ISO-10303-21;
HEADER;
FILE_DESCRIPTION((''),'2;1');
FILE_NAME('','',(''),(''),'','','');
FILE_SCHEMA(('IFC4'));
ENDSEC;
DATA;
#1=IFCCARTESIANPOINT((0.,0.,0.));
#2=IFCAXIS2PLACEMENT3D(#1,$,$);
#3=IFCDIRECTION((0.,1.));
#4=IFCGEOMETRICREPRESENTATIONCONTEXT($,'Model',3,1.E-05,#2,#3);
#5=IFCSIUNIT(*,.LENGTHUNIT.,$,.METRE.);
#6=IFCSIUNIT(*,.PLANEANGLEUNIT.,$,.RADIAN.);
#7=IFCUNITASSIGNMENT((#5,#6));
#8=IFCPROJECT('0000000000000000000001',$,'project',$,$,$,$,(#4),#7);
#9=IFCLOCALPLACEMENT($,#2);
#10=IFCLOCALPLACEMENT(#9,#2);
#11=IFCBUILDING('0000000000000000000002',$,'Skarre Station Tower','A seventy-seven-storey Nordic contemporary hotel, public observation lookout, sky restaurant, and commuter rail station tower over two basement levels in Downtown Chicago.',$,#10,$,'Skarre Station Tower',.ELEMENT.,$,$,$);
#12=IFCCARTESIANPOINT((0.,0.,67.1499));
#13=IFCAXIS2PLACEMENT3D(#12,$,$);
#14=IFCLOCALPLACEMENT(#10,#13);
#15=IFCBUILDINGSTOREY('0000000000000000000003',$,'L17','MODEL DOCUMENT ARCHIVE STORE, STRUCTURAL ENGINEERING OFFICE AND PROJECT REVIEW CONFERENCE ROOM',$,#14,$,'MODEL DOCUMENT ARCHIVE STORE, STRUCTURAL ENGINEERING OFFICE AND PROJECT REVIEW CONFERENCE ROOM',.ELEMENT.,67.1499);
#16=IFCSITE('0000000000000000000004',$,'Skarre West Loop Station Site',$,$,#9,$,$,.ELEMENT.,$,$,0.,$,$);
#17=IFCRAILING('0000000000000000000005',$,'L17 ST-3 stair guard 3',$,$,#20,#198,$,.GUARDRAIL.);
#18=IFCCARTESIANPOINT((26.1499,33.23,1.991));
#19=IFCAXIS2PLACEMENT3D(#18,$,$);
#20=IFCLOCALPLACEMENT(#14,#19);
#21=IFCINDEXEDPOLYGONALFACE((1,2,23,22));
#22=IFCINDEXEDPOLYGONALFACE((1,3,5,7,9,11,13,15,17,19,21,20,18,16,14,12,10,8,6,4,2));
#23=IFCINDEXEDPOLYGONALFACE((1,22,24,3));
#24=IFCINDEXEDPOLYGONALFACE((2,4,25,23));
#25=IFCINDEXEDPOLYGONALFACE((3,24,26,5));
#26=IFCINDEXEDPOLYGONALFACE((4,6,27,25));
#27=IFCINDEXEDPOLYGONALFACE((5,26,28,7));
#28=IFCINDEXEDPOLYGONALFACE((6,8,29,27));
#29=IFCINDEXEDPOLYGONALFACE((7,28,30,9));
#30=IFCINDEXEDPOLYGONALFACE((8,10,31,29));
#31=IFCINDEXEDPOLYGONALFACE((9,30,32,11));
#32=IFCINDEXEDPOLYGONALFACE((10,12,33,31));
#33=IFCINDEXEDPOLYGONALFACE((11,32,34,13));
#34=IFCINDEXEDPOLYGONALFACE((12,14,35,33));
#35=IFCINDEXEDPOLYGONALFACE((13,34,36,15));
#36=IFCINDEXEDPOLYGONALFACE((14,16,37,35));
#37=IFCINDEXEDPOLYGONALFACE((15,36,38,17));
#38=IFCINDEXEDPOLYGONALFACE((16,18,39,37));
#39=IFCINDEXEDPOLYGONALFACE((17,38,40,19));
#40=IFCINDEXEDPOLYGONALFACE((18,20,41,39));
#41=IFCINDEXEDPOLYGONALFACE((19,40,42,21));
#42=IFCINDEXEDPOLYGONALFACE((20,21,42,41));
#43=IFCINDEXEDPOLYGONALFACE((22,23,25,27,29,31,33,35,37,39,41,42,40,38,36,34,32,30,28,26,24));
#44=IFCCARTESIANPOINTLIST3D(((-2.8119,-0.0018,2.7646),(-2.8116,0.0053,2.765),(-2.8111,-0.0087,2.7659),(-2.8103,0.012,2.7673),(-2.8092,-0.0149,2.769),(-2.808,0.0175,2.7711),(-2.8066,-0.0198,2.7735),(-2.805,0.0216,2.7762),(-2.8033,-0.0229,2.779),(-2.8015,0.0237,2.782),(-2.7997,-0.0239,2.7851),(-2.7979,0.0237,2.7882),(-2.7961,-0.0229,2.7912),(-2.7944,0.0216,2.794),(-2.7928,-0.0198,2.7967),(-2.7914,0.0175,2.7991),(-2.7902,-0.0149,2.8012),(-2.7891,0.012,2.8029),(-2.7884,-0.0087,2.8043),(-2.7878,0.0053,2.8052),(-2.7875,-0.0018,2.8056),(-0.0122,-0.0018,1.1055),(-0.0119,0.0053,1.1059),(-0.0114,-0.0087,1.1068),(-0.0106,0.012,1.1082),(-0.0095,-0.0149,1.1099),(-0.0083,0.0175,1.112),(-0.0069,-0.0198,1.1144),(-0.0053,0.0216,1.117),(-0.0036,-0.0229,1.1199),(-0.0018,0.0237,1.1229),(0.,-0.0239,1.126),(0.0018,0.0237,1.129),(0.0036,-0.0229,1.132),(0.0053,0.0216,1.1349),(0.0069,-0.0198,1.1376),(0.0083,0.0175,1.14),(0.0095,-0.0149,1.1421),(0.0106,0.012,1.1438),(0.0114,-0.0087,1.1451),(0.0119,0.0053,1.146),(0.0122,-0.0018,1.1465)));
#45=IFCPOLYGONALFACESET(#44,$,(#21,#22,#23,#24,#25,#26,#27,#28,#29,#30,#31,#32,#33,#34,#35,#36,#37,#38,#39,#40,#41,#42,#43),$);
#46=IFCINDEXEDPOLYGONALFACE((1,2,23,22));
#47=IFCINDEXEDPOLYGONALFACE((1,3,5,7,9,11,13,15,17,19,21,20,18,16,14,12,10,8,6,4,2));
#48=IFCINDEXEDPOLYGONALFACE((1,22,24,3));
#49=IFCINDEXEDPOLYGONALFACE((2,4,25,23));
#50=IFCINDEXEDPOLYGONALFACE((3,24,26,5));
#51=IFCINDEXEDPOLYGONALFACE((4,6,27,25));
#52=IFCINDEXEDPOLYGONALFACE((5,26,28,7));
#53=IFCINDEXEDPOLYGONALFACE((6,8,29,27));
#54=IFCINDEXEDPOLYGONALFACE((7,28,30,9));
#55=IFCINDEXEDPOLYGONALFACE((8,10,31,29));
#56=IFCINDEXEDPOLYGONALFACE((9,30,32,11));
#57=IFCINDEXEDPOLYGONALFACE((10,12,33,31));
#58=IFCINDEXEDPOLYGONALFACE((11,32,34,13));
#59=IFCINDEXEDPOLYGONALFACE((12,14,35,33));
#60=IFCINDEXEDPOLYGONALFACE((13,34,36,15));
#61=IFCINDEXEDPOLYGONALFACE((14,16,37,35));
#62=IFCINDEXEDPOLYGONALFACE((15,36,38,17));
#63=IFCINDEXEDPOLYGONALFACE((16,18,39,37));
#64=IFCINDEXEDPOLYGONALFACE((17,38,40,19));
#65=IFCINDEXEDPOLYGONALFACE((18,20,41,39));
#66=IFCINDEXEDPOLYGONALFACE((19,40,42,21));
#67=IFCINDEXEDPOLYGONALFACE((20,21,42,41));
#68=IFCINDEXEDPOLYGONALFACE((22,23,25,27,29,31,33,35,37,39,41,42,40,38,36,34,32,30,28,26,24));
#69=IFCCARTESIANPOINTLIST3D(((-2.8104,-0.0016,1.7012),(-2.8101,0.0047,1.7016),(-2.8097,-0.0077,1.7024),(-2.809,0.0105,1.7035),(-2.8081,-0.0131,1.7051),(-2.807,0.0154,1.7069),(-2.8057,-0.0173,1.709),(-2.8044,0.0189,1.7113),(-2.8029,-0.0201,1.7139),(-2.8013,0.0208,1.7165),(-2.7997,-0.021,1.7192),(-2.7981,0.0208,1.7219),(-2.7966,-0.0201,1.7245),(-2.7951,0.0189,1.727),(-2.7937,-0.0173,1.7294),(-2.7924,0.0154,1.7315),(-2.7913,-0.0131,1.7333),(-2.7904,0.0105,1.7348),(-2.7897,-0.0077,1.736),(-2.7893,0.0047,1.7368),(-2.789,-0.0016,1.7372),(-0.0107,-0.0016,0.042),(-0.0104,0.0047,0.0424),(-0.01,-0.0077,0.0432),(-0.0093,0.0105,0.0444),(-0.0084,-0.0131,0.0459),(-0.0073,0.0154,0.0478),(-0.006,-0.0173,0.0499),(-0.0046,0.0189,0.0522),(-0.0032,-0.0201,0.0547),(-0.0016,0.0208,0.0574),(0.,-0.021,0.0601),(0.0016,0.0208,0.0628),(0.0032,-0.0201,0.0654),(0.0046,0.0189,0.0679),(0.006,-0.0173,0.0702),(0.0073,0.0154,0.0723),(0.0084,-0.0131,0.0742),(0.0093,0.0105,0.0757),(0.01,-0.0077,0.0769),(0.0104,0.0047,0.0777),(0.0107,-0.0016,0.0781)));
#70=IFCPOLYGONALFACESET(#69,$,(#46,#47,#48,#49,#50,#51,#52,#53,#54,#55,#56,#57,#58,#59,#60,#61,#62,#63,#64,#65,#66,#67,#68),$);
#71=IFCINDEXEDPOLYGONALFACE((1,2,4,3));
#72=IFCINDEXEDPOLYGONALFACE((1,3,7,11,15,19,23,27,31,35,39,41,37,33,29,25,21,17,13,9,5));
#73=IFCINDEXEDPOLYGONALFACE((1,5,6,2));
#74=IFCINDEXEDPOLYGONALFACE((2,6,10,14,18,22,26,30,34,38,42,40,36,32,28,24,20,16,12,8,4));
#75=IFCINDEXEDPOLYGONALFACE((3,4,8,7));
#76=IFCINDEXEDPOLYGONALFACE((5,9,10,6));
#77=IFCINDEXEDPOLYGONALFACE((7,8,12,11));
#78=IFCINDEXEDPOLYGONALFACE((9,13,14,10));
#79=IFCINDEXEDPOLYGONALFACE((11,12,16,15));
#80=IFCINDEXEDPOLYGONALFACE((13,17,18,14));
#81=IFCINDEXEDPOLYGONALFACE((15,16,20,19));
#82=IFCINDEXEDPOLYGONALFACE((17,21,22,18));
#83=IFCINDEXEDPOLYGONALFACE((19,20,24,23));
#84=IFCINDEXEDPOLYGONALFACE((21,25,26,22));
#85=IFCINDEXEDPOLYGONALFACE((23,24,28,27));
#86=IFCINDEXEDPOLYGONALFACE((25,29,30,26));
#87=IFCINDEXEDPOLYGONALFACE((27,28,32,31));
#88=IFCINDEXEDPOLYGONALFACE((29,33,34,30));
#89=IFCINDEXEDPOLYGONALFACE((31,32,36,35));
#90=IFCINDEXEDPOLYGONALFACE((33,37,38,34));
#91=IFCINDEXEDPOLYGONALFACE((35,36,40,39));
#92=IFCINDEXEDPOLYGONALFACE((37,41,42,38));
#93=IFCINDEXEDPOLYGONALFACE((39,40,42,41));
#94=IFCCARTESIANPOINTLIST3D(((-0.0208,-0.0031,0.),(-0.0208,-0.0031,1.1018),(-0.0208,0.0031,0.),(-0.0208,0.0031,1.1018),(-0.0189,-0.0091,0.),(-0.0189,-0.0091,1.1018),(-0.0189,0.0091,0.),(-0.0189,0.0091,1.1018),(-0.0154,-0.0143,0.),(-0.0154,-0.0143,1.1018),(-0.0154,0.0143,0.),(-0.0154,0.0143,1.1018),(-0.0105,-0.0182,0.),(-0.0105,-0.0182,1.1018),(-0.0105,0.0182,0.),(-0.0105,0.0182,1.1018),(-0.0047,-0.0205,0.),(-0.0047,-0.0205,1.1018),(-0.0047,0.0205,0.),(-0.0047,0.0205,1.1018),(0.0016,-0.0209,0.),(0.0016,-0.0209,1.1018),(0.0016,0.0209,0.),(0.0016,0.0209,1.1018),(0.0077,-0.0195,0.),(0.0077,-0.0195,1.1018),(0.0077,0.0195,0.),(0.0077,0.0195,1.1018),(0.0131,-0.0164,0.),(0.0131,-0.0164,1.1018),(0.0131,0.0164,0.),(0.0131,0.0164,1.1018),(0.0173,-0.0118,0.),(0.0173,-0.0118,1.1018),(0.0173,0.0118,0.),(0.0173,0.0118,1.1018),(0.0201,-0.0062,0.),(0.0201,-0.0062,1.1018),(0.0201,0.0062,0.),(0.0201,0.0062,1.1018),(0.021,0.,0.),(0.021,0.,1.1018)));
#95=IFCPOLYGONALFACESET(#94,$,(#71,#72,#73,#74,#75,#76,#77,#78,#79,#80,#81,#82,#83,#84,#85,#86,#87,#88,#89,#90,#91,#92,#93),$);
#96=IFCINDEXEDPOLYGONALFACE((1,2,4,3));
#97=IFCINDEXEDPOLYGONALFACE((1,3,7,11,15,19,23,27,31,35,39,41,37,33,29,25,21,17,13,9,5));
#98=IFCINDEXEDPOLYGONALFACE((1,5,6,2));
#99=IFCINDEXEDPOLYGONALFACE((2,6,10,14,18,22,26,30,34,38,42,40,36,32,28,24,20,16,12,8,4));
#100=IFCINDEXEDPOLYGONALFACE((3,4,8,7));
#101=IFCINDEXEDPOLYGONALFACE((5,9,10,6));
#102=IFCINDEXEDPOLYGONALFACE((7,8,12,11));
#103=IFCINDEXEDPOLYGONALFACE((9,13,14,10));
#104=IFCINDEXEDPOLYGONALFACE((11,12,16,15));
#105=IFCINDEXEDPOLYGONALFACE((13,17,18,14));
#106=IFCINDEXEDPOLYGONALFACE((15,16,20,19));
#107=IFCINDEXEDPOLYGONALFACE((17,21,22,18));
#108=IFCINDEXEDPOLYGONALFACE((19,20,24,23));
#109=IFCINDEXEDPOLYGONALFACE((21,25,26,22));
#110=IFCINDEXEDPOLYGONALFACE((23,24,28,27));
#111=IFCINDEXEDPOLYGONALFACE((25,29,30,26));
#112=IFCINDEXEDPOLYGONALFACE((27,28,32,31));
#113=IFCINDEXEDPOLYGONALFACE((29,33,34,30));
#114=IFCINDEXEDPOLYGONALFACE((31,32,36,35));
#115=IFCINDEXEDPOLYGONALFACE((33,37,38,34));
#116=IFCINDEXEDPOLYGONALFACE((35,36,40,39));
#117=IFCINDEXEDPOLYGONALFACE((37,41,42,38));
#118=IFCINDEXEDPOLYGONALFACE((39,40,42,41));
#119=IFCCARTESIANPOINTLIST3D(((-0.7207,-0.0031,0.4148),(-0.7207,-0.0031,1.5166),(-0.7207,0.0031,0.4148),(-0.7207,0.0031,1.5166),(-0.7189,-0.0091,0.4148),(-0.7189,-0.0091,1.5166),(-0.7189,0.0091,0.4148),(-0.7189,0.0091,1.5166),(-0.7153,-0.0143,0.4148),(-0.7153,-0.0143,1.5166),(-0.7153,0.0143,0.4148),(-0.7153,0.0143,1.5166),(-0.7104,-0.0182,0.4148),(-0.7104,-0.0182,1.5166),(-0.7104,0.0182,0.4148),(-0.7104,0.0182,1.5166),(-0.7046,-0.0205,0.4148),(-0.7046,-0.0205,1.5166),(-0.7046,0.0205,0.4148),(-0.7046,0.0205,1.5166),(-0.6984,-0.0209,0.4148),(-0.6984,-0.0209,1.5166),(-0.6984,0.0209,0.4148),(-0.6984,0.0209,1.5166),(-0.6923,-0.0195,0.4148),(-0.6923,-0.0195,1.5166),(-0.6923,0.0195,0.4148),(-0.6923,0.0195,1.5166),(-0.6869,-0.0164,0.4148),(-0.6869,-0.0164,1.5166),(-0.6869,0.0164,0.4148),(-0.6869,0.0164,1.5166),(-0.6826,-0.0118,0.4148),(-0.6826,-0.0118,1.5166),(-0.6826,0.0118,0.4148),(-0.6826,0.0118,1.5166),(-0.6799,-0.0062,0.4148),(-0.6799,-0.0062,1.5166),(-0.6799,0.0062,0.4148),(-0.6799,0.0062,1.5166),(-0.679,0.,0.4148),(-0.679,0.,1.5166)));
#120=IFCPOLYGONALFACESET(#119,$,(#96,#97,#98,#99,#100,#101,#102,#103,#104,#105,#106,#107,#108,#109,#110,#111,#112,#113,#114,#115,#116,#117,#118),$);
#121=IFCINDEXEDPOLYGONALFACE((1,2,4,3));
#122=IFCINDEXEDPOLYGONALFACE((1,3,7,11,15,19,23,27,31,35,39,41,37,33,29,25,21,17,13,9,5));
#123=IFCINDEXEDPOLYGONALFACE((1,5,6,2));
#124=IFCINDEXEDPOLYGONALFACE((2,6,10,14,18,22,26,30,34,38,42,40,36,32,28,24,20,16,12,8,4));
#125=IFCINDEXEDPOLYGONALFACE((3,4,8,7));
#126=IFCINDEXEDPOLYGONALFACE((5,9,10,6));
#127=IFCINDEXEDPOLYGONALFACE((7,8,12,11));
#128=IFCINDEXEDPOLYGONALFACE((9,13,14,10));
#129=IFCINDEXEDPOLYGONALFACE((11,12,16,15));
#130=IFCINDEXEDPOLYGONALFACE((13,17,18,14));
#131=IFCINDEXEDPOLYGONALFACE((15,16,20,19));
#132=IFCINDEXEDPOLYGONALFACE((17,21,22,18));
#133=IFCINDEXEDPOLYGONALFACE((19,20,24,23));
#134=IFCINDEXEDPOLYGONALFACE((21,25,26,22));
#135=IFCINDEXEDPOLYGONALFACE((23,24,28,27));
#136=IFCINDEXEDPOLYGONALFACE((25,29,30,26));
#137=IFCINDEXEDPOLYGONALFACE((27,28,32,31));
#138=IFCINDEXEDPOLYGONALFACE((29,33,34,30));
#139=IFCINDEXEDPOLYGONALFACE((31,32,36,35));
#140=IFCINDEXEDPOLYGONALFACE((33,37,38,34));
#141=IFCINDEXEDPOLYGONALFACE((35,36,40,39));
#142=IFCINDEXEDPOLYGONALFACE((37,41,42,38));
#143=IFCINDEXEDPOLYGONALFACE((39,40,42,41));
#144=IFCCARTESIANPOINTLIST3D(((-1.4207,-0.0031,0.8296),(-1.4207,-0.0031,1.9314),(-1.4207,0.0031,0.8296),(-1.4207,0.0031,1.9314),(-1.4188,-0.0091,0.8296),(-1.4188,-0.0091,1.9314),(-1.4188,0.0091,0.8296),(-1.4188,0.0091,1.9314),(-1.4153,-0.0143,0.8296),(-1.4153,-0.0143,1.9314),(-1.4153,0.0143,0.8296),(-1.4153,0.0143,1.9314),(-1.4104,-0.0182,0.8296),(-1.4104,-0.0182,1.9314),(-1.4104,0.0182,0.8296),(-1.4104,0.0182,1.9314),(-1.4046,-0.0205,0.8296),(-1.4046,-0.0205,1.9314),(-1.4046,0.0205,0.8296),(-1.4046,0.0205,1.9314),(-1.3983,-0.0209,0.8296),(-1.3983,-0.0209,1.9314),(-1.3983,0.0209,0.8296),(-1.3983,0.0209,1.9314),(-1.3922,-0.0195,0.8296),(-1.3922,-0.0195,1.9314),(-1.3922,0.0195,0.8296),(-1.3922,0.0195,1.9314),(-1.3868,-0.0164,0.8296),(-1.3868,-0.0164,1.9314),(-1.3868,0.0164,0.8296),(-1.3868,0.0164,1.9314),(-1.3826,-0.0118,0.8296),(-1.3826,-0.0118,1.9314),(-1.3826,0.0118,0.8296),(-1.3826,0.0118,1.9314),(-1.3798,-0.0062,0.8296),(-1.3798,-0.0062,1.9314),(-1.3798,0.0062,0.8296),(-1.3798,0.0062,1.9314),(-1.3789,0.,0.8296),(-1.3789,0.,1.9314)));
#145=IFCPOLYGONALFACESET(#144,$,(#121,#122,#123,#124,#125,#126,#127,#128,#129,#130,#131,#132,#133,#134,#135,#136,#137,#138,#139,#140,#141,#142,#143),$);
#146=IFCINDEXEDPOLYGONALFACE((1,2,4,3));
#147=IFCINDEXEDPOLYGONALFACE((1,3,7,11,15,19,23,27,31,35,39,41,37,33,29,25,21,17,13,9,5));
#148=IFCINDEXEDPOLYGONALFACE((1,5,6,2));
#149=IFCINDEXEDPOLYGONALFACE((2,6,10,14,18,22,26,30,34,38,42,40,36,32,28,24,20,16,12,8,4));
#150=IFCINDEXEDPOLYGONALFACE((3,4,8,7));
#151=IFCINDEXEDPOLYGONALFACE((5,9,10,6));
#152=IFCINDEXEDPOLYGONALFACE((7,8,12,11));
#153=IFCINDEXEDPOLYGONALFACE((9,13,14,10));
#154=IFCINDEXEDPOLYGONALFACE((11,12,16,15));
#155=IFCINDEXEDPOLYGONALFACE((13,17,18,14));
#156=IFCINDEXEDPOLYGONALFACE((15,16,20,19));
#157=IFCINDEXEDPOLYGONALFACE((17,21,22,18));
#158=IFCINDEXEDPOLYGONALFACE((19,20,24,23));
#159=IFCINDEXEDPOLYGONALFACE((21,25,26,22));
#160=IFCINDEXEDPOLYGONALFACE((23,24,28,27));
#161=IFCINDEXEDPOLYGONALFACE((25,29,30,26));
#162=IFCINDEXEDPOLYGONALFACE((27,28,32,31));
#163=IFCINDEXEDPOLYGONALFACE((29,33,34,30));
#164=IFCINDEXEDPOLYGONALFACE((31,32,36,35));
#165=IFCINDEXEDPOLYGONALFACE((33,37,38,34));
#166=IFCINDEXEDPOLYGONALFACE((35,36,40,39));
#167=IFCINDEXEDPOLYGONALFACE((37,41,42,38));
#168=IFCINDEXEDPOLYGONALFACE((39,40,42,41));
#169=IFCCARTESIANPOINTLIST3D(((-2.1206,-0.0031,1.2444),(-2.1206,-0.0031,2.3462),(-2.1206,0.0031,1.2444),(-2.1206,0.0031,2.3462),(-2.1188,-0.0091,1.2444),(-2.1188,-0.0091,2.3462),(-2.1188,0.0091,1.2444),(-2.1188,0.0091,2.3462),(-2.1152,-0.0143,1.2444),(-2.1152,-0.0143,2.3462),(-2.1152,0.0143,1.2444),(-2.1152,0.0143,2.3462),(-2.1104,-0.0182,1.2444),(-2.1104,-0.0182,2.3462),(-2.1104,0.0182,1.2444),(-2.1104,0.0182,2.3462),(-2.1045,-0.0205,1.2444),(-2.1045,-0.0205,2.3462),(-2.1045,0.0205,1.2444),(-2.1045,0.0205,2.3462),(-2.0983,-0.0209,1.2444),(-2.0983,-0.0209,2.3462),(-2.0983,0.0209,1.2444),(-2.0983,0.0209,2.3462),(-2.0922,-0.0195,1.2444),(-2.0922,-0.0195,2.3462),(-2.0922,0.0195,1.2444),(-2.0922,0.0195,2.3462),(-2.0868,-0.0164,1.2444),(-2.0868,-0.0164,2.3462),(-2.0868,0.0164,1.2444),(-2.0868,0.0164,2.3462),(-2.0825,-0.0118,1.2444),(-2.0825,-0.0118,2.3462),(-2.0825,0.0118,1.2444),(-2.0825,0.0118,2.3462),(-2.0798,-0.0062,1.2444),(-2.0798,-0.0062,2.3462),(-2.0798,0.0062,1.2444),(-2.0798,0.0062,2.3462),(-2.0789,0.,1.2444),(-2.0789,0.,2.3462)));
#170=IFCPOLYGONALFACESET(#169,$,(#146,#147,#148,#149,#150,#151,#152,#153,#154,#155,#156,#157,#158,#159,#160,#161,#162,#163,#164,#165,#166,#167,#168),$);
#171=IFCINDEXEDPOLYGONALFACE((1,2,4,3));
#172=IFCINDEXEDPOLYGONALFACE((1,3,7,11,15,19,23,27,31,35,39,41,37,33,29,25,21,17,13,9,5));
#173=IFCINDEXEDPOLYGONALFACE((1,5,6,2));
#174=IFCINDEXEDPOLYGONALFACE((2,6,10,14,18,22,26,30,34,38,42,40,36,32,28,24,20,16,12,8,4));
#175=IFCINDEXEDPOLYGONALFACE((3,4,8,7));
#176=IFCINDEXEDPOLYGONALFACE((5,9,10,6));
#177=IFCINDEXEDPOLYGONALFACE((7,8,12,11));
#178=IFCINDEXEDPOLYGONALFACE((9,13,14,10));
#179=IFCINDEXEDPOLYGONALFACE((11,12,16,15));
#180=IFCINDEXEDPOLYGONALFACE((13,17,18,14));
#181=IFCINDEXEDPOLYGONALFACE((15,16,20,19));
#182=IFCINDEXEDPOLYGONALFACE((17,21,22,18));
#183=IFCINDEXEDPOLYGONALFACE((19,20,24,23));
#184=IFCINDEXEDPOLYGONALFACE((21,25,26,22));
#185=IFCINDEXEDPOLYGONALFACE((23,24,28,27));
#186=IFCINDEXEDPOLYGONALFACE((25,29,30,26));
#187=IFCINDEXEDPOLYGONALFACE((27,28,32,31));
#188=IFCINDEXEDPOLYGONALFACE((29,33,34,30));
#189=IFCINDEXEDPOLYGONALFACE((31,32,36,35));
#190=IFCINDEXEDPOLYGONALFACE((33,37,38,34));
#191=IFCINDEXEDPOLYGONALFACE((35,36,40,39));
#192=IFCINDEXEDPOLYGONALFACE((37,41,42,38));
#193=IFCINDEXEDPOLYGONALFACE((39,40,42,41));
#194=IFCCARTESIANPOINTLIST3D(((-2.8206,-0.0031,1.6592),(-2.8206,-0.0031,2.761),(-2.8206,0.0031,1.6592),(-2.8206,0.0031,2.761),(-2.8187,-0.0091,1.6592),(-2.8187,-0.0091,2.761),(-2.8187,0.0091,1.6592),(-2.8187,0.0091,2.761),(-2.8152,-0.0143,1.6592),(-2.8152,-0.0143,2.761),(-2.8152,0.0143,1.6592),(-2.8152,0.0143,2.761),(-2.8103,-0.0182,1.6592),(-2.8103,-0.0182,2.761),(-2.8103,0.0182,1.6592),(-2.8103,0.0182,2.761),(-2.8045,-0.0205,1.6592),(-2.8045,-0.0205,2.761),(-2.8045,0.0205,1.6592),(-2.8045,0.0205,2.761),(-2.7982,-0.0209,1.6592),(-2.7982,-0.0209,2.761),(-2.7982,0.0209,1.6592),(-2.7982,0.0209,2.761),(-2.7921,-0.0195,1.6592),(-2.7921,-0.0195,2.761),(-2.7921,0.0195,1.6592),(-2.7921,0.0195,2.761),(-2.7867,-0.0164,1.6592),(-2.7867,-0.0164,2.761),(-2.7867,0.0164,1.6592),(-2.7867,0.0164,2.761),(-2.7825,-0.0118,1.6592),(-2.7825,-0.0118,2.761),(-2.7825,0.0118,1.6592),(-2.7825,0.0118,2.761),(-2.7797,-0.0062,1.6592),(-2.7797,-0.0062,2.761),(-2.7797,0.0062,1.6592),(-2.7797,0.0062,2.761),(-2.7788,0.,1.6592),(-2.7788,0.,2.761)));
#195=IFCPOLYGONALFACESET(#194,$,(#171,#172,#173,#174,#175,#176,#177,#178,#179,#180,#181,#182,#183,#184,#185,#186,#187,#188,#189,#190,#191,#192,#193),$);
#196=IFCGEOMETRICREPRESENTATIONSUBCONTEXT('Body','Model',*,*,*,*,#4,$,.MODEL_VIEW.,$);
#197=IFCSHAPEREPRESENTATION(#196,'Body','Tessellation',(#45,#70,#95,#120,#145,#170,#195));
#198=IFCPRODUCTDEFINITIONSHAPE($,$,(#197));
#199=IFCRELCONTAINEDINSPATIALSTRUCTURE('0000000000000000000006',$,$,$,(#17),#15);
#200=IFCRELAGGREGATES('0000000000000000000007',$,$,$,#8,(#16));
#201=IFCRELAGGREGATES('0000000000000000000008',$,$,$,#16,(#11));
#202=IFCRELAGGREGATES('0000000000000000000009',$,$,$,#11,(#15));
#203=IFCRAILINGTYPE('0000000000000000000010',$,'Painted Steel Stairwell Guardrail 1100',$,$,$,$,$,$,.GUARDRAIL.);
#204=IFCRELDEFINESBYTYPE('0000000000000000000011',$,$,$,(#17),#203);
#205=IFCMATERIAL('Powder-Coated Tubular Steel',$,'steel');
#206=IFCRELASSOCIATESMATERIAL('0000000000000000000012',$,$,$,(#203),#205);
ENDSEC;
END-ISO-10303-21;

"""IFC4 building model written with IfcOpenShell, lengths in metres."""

from ifc_helpers import new_model, si_unit, direction, frame, origin, origin_2d, place, context, subcontext, project, spatial, circle, extrude, material, type_object, element, save


model = new_model("IFC4")

# Units and contexts
model_context = context("Model", 3, precision=1e-05, world=origin(), true_north=direction((0.0, 1.0)))
body_context = subcontext(model_context, "Body", "Model", "MODEL_VIEW")
ifc_project = project(units=[si_unit("LENGTHUNIT", "METRE"), si_unit("PLANEANGLEUNIT", "RADIAN")], contexts=[model_context])

# Site, building, storey
site_placement = place(None, origin())
site = spatial("IfcSite", under=ifc_project, at=site_placement, Name="Skarre West Loop Station Site", CompositionType="ELEMENT", RefElevation=0.0)
building_placement = place(site_placement, origin())
building = spatial("IfcBuilding", under=site, at=building_placement, Name="Skarre Station Tower", Description="A seventy-seven-storey Nordic contemporary hotel, public observation lookout, sky restaurant, and commuter rail station tower over two basement levels in Downtown Chicago.", LongName="Skarre Station Tower", CompositionType="ELEMENT")
storey_placement = place(building_placement, frame((0.0, 0.0, 67.1499)))
storey = spatial("IfcBuildingStorey", under=building, at=storey_placement, Name="L17", Description="MODEL DOCUMENT ARCHIVE STORE, STRUCTURAL ENGINEERING OFFICE AND PROJECT REVIEW CONFERENCE ROOM", LongName="MODEL DOCUMENT ARCHIVE STORE, STRUCTURAL ENGINEERING OFFICE AND PROJECT REVIEW CONFERENCE ROOM", CompositionType="ELEMENT", Elevation=67.1499)

# Railing
ifc_material_1 = material(Name="Powder-Coated Tubular Steel", Category="steel")
railing_type_1 = type_object("IfcRailingType", Name="Painted Steel Stairwell Guardrail 1100", PredefinedType="GUARDRAIL", material=ifc_material_1)
railing_1_placement = place(storey_placement, frame((26.1499, 33.23, 1.991)))
element("IfcRailing", 1, at=railing_1_placement, inside=storey, type_object=railing_type_1, Name="L17 ST-3 stair guard 3", PredefinedType="GUARDRAIL", context=body_context, shape_type="SweptSolid", body=[
    extrude(circle(Radius=0.0239, at=origin_2d()), frame((0.0, 0.0, 1.126), z_axis=(-0.860287, 0.0, 0.509811), x_axis=(0.0, -1.0, 0.0)), (0.0, 0.0, 1.0), 3.2544),
    extrude(circle(Radius=0.021, at=origin_2d()), frame((0.0, 0.0, 0.0601), z_axis=(-0.860287, 0.0, 0.509811), x_axis=(0.0, -1.0, 0.0)), (0.0, 0.0, 1.0), 3.2544),
    extrude(circle(Radius=0.021, at=origin_2d()), origin(), (0.0, 0.0, 1.0), 1.1018),
    extrude(circle(Radius=0.021, at=origin_2d()), frame((-0.7, 0.0, 0.4148)), (0.0, 0.0, 1.0), 1.1018),
    extrude(circle(Radius=0.021, at=origin_2d()), frame((-1.3999, 0.0, 0.8296)), (0.0, 0.0, 1.0), 1.1018),
    extrude(circle(Radius=0.021, at=origin_2d()), frame((-2.0999, 0.0, 1.2444)), (0.0, 0.0, 1.0), 1.1018),
    extrude(circle(Radius=0.021, at=origin_2d()), frame((-2.7998, 0.0, 1.6592)), (0.0, 0.0, 1.0), 1.1018),
])

save(model, "model.ifc")
